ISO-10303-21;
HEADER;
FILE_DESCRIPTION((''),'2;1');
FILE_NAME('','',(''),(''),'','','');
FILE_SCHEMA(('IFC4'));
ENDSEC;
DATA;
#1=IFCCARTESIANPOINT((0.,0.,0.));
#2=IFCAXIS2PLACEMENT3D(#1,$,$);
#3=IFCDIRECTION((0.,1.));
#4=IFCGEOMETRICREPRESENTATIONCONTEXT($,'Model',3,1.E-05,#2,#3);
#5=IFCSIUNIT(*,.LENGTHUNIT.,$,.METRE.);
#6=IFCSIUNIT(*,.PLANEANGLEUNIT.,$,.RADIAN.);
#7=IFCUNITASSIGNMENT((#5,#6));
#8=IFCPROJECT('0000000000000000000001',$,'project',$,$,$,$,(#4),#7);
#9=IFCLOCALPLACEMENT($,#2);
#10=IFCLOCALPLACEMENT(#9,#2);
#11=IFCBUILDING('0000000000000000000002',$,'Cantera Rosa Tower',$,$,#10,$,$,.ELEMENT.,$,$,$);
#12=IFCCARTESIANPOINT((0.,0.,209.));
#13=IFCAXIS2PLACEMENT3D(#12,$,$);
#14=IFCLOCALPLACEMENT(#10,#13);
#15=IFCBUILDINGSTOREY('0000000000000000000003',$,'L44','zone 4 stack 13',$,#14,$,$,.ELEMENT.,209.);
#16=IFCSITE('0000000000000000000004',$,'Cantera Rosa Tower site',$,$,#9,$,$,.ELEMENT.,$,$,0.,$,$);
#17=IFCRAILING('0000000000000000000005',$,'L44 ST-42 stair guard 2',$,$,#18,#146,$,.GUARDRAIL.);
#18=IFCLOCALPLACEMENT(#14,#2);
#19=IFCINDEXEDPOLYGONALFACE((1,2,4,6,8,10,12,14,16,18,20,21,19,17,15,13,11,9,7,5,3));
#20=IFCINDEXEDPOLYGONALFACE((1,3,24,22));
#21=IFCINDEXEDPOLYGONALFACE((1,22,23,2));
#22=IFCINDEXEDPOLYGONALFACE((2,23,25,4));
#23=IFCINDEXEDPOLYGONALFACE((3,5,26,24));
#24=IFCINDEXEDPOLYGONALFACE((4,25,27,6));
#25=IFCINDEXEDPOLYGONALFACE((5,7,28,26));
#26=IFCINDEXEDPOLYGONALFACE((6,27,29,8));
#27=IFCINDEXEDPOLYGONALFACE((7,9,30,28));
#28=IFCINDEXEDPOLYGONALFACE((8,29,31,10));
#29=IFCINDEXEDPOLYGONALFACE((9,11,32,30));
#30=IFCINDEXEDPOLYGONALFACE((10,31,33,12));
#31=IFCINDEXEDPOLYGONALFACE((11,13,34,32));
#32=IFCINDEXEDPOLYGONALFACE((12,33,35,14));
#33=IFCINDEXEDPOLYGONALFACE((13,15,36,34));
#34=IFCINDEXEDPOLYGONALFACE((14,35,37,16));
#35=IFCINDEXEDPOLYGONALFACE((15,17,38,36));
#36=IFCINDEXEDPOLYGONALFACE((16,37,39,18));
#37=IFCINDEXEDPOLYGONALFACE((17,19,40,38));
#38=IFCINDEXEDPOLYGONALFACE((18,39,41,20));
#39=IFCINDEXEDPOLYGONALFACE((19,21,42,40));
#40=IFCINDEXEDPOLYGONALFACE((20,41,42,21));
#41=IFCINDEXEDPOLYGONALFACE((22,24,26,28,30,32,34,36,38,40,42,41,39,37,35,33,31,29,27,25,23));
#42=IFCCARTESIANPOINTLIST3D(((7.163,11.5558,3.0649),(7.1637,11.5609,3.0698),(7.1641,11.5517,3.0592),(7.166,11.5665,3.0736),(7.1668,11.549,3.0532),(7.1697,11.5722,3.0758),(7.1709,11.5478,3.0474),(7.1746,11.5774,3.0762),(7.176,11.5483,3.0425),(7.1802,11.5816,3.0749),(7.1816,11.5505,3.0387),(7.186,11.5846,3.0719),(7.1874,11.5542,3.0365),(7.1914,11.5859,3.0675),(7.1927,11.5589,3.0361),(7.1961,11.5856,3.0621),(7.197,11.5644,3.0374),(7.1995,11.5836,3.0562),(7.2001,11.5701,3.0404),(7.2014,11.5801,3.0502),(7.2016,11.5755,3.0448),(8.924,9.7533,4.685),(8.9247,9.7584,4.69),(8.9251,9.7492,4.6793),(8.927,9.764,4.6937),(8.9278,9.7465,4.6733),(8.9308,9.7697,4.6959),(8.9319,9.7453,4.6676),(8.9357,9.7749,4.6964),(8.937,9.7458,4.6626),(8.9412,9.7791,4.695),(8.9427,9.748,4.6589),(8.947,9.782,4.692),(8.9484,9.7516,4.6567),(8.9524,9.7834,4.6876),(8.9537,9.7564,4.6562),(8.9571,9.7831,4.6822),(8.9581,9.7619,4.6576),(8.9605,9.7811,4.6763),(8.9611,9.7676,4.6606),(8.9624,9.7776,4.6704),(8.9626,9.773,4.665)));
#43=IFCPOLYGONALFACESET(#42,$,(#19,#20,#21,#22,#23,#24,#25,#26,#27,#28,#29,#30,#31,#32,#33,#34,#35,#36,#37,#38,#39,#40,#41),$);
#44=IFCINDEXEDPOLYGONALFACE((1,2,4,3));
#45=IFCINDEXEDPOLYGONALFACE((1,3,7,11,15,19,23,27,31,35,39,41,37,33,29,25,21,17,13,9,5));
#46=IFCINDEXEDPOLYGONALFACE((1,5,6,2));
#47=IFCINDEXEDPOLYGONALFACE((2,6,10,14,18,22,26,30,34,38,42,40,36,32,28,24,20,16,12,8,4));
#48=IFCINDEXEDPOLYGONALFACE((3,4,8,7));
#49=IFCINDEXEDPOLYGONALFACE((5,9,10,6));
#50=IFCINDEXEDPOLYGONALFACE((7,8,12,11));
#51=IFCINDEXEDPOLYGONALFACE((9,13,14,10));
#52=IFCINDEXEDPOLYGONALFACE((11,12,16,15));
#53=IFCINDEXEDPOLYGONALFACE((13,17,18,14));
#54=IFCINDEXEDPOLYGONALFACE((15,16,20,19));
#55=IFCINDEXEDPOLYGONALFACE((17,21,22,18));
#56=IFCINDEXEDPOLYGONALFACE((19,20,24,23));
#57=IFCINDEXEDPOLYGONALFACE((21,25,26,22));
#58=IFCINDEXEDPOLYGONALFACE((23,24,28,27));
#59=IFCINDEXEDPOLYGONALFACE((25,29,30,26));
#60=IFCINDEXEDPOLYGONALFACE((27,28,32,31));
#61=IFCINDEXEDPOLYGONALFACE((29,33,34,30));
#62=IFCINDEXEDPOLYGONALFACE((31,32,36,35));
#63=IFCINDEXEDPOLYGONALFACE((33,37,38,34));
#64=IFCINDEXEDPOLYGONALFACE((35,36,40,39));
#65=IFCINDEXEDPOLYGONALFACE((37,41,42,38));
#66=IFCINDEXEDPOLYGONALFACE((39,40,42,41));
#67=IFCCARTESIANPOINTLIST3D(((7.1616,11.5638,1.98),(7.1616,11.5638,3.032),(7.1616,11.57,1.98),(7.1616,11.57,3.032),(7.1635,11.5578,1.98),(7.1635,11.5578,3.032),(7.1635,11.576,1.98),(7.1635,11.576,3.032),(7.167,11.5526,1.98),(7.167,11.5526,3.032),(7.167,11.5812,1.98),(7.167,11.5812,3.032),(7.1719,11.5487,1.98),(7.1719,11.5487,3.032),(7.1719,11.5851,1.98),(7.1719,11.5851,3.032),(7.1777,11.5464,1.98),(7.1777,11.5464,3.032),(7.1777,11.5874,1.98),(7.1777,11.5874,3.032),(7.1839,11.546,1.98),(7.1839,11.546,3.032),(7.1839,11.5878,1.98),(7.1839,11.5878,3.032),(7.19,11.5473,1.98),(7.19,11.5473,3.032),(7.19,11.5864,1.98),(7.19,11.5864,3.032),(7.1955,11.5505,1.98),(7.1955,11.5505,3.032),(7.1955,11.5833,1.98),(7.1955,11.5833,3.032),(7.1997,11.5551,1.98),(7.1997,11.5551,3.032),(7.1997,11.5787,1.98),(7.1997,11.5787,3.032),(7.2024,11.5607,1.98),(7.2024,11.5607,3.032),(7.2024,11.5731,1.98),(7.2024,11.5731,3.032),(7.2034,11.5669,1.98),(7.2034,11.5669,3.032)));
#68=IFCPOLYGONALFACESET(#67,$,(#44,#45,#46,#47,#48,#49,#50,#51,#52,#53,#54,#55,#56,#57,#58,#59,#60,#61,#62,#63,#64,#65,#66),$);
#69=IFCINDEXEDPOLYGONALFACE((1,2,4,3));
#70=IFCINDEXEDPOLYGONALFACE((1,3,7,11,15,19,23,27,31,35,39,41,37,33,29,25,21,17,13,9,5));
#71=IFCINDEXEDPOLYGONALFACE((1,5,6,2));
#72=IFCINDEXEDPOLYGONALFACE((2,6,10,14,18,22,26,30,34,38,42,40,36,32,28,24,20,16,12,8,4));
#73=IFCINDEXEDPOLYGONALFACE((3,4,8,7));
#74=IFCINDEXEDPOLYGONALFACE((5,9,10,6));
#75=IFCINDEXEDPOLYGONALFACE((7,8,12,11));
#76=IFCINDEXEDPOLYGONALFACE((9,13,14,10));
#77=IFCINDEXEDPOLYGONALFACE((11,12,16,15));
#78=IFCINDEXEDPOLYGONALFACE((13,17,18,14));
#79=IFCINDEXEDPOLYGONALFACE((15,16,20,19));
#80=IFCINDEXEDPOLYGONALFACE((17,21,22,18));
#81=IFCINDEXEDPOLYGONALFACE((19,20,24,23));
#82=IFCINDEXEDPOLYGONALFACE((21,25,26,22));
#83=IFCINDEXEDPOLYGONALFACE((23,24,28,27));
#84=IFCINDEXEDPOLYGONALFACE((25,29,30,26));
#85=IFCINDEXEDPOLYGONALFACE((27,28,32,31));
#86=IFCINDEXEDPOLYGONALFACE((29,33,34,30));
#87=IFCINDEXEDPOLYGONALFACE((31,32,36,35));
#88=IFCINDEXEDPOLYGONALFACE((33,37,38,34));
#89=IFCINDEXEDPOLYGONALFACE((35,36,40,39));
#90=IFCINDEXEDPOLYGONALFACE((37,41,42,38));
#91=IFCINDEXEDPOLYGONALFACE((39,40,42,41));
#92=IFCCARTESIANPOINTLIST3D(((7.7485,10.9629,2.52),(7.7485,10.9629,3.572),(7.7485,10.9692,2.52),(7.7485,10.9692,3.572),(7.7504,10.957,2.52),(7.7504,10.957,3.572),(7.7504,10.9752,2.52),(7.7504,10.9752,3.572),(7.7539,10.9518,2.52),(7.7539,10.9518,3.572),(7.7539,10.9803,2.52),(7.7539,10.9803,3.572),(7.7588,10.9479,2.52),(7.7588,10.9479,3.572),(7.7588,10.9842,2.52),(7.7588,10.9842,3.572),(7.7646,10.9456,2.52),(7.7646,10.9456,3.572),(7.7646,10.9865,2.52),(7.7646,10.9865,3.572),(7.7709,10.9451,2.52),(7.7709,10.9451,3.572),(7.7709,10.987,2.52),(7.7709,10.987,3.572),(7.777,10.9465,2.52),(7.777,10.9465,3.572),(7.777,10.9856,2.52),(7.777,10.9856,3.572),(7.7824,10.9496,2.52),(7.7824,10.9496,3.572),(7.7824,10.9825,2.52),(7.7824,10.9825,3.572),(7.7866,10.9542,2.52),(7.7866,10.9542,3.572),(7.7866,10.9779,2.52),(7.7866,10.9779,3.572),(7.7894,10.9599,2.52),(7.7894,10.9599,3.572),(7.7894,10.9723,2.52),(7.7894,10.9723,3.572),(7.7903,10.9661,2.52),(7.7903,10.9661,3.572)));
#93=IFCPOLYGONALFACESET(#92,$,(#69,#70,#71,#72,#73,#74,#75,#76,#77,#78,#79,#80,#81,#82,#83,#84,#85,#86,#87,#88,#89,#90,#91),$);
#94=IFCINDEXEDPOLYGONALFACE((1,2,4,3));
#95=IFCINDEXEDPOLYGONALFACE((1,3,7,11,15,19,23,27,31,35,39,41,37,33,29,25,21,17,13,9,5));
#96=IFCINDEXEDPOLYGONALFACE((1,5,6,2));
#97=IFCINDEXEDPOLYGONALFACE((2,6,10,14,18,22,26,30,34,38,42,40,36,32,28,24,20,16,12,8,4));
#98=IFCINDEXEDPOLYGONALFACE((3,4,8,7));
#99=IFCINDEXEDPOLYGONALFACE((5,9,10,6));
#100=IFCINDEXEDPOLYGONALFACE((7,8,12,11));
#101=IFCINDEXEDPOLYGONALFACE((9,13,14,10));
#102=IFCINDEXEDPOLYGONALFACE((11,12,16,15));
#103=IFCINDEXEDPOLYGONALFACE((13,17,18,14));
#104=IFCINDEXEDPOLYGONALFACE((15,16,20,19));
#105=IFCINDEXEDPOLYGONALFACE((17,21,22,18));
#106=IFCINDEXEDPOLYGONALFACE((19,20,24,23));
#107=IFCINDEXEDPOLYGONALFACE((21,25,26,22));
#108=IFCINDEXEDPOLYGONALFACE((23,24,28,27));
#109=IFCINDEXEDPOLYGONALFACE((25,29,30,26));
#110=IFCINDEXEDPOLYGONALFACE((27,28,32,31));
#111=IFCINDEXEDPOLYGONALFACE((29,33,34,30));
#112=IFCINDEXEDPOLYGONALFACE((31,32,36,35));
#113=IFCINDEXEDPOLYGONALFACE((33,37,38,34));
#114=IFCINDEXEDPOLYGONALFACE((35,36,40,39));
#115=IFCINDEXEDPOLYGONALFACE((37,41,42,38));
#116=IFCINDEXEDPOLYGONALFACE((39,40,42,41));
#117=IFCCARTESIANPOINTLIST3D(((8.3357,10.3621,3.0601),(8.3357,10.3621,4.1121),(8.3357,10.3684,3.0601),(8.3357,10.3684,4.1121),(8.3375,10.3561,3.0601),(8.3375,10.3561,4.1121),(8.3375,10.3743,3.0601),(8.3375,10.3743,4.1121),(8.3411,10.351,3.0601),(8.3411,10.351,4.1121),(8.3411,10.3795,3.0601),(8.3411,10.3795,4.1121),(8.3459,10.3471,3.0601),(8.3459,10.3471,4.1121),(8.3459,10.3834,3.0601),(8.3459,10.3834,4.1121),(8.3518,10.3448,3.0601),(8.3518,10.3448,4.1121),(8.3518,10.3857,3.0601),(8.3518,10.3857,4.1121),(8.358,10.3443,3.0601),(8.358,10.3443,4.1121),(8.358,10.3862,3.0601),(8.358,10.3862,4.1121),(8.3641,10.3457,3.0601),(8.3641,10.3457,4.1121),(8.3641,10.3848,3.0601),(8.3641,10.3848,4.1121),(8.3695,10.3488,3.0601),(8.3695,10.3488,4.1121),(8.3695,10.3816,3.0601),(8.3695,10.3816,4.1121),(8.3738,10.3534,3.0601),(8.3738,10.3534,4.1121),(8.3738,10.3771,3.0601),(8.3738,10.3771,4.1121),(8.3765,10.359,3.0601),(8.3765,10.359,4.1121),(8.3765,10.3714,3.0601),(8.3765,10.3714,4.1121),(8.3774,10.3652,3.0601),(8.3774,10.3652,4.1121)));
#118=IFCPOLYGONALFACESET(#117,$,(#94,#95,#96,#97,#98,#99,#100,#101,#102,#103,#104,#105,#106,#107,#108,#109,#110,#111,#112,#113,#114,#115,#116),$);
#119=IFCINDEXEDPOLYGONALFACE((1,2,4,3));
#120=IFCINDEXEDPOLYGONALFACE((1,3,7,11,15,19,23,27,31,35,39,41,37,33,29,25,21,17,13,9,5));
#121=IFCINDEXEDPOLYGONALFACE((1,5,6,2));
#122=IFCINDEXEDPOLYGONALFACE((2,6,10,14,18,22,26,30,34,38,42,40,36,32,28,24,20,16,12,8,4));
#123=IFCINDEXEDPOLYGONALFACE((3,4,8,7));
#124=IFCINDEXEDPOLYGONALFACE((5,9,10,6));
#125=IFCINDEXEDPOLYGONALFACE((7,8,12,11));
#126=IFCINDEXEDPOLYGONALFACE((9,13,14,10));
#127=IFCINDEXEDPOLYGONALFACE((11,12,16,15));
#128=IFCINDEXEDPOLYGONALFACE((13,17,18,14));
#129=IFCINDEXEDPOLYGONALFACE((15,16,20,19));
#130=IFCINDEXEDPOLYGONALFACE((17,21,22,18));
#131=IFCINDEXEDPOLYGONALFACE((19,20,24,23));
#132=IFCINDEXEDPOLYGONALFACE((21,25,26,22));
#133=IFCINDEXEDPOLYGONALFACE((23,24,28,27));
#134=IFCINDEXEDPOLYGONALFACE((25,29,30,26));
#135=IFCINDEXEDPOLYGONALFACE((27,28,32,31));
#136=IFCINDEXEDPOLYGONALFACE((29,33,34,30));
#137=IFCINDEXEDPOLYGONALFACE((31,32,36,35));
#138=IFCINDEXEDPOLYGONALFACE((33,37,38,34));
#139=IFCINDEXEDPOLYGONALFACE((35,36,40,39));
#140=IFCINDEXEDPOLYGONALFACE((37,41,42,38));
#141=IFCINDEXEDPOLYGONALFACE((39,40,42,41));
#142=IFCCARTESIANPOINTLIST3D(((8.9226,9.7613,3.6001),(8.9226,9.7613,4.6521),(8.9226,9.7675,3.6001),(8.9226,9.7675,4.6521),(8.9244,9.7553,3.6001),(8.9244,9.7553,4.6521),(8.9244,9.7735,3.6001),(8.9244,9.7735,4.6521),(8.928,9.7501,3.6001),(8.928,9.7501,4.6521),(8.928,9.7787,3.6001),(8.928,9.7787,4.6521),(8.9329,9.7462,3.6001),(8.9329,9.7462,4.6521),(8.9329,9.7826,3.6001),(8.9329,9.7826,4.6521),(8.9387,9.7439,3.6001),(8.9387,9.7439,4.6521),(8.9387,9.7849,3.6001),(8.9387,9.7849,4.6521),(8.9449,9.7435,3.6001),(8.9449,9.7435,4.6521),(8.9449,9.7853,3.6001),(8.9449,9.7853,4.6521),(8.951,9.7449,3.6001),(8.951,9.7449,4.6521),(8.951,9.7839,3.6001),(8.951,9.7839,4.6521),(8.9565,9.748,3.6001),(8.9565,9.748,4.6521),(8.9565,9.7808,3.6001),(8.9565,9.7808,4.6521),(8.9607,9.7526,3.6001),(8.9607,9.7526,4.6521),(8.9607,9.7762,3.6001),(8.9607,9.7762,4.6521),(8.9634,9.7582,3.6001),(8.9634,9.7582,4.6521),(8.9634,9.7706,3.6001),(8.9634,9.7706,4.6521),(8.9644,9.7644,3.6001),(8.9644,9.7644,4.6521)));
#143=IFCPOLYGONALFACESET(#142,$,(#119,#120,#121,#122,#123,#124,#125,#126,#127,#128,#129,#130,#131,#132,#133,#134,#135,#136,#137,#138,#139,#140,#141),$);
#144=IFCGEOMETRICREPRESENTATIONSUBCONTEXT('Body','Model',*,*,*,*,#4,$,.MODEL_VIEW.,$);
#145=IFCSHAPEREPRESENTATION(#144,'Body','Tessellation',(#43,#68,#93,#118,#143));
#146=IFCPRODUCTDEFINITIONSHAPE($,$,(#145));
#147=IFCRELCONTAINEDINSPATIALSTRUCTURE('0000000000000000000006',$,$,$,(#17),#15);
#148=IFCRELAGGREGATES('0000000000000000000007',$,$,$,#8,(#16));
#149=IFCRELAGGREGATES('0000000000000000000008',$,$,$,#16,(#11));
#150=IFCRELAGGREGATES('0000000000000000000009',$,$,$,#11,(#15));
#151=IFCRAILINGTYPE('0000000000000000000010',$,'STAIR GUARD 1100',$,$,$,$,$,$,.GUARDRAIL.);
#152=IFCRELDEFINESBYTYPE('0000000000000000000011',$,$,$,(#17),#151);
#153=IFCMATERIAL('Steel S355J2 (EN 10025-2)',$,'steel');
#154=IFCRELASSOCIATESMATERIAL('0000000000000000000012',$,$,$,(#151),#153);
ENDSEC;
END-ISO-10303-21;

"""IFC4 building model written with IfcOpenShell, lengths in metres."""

from ifc_helpers import new_model, si_unit, direction, frame, origin, origin_2d, place, context, subcontext, project, spatial, circle, extrude, material, type_object, element, save


model = new_model("IFC4")

# Units and contexts
model_context = context("Model", 3, precision=1e-05, world=origin(), true_north=direction((0.0, 1.0)))
body_context = subcontext(model_context, "Body", "Model", "MODEL_VIEW")
ifc_project = project(units=[si_unit("LENGTHUNIT", "METRE"), si_unit("PLANEANGLEUNIT", "RADIAN")], contexts=[model_context])

# Site, building, storey
site_placement = place(None, origin())
site = spatial("IfcSite", under=ifc_project, at=site_placement, Name="Cantera Rosa Tower site", CompositionType="ELEMENT", RefElevation=0.0)
building_placement = place(site_placement, origin())
building = spatial("IfcBuilding", under=site, at=building_placement, Name="Cantera Rosa Tower", CompositionType="ELEMENT")
storey_placement = place(building_placement, frame((0.0, 0.0, 209.0)))
storey = spatial("IfcBuildingStorey", under=building, at=storey_placement, Name="L44", Description="zone 4 stack 13", CompositionType="ELEMENT", Elevation=209.0)

# Railing
ifc_material_1 = material(Name="Steel S355J2 (EN 10025-2)", Category="steel")
railing_type_1 = type_object("IfcRailingType", Name="STAIR GUARD 1100", PredefinedType="GUARDRAIL", material=ifc_material_1)
railing_1_placement = place(storey_placement, frame((7.1824, 11.5669, 1.98)))
element("IfcRailing", 1, at=railing_1_placement, inside=storey, type_object=railing_type_1, Name="L44 ST-42 stair guard 2", PredefinedType="GUARDRAIL", context=body_context, shape_type="SweptSolid", body=[
    extrude(circle(Radius=0.0239, at=origin_2d()), frame((0.0, 0.0, 1.0762), z_axis=(0.587818, -0.601672, 0.540796), x_axis=(0.715294, 0.698824, 0.0)), (0.0, 0.0, 1.0), 2.9958),
    extrude(circle(Radius=0.021, at=origin_2d()), origin(), (0.0, 0.0, 1.0), 1.052),
    extrude(circle(Radius=0.021, at=origin_2d()), frame((0.5869, -0.6008, 0.54)), (0.0, 0.0, 1.0), 1.052),
    extrude(circle(Radius=0.021, at=origin_2d()), frame((1.1741, -1.2017, 1.0801)), (0.0, 0.0, 1.0), 1.052),
    extrude(circle(Radius=0.021, at=origin_2d()), frame((1.761, -1.8025, 1.6201)), (0.0, 0.0, 1.0), 1.052),
])

save(model, "model.ifc")
